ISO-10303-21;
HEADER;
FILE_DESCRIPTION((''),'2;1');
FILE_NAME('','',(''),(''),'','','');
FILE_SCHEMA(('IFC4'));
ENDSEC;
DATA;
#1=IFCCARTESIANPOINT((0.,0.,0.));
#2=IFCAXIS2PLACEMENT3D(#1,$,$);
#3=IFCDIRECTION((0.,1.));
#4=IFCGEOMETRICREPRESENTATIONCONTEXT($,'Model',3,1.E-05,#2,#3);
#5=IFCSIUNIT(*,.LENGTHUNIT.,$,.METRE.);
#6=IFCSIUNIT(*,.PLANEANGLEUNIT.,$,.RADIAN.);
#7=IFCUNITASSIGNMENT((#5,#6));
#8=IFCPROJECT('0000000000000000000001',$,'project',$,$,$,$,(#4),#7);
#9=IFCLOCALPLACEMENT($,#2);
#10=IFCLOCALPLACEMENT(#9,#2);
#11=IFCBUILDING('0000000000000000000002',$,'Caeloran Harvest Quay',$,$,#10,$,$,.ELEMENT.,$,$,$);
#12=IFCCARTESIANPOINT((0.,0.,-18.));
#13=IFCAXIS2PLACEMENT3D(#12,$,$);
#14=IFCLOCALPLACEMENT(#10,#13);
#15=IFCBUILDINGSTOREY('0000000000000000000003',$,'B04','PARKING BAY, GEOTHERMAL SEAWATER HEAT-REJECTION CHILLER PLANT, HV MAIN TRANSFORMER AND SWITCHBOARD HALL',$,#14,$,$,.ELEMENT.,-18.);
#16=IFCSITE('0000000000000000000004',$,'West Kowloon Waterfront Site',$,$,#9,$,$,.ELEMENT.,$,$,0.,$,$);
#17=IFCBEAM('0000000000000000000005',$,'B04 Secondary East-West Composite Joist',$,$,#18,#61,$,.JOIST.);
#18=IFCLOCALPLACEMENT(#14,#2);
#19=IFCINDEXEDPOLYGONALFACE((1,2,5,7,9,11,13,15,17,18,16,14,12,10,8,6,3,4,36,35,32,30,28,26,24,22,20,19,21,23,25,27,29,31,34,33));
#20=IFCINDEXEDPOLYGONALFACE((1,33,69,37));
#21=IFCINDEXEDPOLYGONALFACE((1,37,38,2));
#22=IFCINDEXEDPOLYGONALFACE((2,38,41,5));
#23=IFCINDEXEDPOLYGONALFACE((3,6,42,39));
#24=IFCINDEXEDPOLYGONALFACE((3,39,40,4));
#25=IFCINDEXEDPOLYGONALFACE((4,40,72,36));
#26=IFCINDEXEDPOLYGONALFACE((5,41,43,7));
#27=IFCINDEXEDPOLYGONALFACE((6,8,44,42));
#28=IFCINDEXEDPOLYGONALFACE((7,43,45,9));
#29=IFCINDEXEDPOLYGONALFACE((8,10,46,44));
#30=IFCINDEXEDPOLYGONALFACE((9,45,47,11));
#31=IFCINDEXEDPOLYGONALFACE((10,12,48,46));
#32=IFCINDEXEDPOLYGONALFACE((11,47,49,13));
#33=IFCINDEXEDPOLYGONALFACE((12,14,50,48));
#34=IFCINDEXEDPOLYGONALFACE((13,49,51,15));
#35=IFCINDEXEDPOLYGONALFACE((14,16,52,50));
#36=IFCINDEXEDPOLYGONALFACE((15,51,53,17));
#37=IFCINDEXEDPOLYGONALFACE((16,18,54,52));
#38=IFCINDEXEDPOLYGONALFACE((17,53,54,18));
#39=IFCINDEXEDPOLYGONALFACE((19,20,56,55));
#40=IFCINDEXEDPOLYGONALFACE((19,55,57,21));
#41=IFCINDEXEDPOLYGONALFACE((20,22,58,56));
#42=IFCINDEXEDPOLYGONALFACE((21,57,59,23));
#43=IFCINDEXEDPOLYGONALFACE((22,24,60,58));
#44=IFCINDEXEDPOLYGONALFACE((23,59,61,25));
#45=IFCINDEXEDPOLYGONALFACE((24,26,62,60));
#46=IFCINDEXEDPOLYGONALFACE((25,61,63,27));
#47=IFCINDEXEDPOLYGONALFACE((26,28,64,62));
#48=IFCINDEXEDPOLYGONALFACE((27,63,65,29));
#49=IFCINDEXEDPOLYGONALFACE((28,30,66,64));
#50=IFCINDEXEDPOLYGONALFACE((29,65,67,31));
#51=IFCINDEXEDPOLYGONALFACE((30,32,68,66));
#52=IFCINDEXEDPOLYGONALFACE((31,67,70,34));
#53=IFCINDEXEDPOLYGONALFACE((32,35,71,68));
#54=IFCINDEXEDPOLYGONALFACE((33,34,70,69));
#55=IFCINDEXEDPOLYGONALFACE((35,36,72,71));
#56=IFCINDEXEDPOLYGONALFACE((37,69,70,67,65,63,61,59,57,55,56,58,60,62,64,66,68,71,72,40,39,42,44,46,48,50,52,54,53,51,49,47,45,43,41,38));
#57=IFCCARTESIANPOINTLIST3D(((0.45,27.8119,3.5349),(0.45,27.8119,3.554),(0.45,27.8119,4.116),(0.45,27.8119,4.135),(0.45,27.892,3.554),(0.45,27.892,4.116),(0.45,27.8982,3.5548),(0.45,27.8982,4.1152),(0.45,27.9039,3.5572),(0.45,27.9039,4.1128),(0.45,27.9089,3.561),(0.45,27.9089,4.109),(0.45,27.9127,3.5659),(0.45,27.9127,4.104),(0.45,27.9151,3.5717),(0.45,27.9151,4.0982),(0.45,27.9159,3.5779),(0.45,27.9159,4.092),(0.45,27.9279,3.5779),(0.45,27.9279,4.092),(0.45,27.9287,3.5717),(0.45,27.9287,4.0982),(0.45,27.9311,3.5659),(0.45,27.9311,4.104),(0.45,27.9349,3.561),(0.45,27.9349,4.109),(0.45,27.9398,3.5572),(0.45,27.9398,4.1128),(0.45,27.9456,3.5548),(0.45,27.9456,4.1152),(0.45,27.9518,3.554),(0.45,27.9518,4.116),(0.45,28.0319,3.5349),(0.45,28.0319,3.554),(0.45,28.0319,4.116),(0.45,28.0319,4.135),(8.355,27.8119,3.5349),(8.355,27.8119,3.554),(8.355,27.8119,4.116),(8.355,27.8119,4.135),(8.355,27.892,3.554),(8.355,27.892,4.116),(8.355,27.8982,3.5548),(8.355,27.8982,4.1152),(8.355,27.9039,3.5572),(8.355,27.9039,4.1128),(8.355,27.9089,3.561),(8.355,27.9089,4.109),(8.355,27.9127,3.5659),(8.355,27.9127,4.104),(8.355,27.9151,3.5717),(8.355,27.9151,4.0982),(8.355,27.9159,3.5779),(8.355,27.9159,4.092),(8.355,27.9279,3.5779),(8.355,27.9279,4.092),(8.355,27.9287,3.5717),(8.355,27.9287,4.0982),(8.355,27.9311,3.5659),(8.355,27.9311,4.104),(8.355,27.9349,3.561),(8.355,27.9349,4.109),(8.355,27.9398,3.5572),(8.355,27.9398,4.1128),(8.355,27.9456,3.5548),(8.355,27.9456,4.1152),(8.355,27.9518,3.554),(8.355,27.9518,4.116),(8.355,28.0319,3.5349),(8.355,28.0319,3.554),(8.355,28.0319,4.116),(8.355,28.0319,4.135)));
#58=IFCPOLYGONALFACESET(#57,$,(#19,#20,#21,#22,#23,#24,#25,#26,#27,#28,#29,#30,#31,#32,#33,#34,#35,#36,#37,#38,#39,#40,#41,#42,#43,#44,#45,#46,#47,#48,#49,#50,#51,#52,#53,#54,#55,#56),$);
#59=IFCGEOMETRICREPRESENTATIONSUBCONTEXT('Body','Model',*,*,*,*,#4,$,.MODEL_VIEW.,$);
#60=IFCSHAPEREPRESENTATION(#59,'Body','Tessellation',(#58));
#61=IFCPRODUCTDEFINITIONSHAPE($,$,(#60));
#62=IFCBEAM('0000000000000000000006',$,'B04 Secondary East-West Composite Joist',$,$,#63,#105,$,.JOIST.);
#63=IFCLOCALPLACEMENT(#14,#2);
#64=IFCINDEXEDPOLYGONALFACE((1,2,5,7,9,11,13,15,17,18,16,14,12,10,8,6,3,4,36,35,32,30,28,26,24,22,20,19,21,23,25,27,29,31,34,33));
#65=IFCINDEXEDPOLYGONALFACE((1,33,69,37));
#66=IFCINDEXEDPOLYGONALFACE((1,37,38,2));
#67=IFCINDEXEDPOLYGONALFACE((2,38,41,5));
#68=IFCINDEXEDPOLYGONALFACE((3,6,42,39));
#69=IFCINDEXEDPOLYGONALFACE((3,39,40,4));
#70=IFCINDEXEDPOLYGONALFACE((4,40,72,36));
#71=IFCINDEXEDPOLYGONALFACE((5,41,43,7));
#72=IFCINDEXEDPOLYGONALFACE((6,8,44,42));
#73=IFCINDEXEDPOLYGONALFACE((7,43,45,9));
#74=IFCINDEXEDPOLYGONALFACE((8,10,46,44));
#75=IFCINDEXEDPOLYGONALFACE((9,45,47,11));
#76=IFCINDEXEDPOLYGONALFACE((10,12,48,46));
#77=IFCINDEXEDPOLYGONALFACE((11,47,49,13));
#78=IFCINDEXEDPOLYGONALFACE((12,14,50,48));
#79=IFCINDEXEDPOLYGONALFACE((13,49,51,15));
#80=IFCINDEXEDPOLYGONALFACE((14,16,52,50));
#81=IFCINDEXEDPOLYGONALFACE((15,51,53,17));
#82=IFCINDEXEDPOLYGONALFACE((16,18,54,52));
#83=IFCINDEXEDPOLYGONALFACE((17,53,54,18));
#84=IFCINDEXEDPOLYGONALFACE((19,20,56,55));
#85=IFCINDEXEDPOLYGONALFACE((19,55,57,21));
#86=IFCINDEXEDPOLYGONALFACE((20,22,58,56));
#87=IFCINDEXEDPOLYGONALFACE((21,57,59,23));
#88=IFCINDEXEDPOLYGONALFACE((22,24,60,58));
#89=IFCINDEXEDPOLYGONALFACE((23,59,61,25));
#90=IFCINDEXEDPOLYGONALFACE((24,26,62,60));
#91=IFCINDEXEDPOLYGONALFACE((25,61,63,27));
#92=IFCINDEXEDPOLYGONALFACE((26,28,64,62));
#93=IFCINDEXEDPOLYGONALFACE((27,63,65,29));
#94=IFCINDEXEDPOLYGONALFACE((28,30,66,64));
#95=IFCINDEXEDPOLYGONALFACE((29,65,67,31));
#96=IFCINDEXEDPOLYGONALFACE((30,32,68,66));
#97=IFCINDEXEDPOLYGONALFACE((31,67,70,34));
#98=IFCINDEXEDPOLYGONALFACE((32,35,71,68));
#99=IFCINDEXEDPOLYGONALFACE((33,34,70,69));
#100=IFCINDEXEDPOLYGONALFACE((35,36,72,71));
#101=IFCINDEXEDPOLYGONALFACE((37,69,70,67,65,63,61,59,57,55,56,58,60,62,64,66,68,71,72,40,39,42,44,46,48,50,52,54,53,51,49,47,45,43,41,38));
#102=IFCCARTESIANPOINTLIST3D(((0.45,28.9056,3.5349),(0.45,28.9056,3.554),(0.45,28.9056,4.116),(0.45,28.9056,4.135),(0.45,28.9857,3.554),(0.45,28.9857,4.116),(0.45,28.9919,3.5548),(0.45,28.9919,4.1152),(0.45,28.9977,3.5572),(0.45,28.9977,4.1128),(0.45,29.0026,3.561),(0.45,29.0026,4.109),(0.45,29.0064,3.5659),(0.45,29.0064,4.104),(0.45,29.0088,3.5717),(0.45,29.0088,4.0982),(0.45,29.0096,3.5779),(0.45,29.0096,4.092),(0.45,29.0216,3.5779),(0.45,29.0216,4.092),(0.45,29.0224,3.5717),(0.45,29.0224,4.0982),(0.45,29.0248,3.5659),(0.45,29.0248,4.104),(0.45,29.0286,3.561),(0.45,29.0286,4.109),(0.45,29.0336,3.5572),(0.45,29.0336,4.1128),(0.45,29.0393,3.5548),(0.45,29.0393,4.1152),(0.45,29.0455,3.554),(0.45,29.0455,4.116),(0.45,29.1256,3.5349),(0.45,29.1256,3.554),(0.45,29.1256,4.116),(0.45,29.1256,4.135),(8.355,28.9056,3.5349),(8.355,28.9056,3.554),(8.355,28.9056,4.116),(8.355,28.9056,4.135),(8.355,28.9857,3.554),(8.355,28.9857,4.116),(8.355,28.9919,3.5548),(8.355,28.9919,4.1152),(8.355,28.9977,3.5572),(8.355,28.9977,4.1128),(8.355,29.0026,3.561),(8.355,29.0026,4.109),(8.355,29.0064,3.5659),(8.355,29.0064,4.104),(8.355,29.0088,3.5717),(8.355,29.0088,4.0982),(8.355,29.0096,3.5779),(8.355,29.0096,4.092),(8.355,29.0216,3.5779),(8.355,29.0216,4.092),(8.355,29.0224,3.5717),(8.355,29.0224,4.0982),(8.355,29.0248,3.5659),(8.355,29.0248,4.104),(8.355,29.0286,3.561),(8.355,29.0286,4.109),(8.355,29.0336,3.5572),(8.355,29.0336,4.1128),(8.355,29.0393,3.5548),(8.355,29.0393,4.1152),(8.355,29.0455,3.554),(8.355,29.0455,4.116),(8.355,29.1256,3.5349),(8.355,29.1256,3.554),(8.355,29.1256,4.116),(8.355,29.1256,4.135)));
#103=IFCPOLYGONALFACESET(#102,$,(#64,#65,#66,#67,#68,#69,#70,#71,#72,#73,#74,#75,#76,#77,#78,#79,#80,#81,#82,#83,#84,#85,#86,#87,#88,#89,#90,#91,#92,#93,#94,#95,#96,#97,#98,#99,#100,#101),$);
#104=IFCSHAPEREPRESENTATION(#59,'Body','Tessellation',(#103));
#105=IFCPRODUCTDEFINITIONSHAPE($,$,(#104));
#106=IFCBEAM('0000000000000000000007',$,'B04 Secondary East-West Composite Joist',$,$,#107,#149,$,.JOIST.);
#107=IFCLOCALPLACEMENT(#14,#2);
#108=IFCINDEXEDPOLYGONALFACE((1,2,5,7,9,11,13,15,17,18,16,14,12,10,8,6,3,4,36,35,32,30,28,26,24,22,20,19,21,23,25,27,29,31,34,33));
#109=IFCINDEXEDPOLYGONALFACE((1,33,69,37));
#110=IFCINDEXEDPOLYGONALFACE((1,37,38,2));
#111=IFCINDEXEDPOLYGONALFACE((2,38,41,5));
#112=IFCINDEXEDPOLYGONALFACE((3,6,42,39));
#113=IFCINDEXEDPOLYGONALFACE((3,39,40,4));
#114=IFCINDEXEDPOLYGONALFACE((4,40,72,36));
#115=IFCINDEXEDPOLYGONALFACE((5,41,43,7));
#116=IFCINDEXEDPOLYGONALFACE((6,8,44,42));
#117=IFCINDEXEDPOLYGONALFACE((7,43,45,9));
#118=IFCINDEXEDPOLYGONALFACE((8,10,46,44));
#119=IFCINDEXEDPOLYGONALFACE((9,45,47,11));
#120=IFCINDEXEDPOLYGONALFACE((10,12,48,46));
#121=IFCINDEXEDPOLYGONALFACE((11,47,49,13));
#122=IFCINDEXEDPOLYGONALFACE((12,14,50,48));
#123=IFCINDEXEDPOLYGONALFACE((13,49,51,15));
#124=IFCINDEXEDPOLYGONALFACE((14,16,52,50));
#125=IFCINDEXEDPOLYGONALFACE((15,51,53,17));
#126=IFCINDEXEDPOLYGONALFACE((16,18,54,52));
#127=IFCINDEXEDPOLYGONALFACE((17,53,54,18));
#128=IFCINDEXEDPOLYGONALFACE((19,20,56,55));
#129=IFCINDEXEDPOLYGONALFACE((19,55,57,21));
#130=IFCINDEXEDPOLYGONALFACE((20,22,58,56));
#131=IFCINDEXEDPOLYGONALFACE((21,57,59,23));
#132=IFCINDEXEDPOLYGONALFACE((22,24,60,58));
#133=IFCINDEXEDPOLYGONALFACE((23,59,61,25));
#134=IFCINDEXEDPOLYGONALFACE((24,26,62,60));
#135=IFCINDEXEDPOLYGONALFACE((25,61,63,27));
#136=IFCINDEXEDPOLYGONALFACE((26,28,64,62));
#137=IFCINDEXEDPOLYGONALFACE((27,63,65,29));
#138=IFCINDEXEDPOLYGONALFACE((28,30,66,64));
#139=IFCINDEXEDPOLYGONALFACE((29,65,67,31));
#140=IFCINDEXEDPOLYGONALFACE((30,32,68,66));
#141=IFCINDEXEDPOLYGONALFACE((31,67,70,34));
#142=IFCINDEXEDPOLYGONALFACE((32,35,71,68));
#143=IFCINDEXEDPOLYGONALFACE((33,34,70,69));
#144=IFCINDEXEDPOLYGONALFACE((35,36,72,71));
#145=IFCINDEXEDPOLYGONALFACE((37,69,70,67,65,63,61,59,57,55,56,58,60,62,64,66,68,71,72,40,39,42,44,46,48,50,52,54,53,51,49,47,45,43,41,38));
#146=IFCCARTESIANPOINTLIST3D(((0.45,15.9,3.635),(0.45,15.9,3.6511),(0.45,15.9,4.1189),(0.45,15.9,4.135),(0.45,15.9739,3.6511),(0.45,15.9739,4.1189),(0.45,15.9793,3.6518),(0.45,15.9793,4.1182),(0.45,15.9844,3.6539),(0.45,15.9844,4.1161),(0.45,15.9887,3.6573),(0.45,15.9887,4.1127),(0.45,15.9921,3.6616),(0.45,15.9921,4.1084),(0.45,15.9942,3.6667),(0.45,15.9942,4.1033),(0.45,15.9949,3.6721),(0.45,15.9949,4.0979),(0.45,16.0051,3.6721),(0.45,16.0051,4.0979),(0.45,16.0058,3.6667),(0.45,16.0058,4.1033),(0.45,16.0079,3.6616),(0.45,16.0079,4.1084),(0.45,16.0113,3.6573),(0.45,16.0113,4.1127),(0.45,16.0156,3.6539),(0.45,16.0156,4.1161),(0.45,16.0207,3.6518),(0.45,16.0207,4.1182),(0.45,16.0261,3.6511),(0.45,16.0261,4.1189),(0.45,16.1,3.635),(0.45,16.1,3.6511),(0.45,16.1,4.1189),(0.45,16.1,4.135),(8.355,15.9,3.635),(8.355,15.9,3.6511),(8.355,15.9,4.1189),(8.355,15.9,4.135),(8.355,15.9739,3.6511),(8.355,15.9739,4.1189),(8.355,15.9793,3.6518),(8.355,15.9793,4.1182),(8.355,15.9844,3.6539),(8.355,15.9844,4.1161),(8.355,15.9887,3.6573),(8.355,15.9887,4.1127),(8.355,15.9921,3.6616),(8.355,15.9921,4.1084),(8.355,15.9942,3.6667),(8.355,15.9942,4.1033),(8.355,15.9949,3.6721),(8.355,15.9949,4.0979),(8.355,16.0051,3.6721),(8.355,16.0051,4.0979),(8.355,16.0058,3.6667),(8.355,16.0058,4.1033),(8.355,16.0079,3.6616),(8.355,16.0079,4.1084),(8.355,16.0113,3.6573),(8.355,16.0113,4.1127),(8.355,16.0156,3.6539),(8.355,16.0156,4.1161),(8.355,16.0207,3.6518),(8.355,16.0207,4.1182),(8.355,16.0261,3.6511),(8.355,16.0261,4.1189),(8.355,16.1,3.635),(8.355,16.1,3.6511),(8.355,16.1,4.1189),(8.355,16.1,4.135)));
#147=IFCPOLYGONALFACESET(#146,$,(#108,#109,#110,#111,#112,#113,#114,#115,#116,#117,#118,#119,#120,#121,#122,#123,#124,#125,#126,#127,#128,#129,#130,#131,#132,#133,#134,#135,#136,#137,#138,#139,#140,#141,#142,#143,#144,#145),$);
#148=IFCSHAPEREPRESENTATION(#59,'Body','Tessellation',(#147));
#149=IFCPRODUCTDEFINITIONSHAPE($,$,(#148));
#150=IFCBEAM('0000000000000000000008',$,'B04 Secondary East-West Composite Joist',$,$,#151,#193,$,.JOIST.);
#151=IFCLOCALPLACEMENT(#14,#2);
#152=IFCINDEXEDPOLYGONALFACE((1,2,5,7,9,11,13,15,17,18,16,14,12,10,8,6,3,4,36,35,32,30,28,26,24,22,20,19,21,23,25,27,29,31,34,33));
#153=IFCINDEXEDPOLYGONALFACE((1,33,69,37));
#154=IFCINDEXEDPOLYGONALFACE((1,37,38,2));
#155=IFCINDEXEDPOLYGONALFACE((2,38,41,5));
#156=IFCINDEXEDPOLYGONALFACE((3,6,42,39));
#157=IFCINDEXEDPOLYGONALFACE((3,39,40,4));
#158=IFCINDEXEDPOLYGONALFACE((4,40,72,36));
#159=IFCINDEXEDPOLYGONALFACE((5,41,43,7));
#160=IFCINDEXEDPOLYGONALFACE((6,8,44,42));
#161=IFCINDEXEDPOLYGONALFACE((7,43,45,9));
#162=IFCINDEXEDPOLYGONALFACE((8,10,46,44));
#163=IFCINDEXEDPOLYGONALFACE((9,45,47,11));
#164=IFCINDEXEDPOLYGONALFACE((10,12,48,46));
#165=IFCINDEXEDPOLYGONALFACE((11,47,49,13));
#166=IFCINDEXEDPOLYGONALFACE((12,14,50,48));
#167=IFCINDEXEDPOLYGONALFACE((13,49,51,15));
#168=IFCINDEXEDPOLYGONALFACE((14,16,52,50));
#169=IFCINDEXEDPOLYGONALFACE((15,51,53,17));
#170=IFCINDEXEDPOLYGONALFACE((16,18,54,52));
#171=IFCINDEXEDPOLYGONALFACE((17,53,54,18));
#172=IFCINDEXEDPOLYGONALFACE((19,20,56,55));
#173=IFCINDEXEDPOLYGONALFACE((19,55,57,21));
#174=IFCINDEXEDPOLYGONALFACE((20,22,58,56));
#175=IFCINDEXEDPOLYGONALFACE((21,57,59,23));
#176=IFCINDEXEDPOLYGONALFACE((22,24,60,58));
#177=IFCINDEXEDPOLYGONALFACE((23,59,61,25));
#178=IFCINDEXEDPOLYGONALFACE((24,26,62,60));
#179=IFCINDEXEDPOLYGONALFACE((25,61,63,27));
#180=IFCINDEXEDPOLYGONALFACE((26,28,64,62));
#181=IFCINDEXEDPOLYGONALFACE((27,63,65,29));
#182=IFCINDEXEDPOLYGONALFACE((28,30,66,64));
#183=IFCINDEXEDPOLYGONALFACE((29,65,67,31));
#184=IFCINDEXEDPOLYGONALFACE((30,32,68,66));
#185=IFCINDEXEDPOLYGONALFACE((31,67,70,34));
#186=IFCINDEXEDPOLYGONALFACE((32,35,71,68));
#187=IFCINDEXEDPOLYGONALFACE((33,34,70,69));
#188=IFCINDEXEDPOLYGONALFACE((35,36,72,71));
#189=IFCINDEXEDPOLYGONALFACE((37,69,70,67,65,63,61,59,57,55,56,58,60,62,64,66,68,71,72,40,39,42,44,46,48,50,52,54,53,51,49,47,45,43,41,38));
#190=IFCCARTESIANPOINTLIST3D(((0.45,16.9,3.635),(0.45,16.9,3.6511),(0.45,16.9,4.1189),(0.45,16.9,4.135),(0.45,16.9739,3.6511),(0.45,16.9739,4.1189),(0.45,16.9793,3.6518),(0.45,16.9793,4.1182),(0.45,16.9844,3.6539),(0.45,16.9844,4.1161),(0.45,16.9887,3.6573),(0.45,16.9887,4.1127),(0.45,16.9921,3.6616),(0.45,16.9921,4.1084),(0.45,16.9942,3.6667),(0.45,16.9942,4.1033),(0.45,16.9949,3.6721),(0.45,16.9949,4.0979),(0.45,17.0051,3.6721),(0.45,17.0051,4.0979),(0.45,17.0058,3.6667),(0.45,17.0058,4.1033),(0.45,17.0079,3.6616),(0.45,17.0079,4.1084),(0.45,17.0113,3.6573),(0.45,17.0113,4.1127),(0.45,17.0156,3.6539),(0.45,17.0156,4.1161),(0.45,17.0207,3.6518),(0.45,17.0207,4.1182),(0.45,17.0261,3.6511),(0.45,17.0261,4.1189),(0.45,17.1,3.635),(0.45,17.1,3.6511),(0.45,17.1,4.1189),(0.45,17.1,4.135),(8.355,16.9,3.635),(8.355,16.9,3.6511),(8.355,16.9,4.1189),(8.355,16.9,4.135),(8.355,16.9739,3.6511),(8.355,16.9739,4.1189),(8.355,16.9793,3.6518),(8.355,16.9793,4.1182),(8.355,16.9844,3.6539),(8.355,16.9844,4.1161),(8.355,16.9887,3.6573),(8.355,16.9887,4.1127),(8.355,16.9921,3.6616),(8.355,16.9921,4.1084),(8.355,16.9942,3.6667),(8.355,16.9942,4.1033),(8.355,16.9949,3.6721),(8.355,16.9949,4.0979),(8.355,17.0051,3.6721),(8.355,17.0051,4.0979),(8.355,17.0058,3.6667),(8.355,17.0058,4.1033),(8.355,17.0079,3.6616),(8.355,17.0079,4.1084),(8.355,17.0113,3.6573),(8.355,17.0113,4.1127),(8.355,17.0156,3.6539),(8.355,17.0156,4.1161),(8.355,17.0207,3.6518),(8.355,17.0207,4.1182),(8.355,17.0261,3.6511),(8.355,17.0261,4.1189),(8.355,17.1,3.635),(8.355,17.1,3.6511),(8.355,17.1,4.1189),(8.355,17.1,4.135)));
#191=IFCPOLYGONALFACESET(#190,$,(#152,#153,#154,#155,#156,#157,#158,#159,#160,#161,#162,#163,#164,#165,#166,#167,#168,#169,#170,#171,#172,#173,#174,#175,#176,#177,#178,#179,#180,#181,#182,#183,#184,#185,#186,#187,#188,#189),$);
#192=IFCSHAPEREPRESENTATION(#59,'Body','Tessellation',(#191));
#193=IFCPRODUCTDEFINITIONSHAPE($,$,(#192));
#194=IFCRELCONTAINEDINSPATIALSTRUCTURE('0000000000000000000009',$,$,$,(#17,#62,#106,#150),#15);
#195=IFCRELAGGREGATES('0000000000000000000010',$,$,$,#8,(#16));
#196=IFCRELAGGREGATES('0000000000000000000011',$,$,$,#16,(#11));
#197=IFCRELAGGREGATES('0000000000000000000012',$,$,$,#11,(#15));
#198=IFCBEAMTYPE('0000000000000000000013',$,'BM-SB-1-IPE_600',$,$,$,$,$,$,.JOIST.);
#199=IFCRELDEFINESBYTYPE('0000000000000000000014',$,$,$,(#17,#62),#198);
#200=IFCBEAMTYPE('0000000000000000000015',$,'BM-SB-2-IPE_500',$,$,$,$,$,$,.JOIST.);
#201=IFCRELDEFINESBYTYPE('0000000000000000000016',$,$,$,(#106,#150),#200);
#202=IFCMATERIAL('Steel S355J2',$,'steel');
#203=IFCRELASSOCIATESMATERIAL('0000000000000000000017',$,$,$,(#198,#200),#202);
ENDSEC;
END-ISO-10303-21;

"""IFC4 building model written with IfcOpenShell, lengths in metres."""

from ifc_helpers import new_model, si_unit, direction, frame, origin, origin_2d, place, context, subcontext, project, spatial, i_section, extrude, material, material_profile, profile_set, type_object, element, save


model = new_model("IFC4")

# Units and contexts
model_context = context("Model", 3, precision=1e-05, world=origin(), true_north=direction((0.0, 1.0)))
body_context = subcontext(model_context, "Body", "Model", "MODEL_VIEW")
ifc_project = project(units=[si_unit("LENGTHUNIT", "METRE"), si_unit("PLANEANGLEUNIT", "RADIAN")], contexts=[model_context])

# Site, building, storey
site_placement = place(None, origin())
site = spatial("IfcSite", under=ifc_project, at=site_placement, Name="West Kowloon Waterfront Site", CompositionType="ELEMENT", RefElevation=0.0)
building_placement = place(site_placement, origin())
building = spatial("IfcBuilding", under=site, at=building_placement, Name="Caeloran Harvest Quay", CompositionType="ELEMENT")
storey_placement = place(building_placement, frame((0.0, 0.0, -18.0)))
storey = spatial("IfcBuildingStorey", under=building, at=storey_placement, Name="B04", Description="PARKING BAY, GEOTHERMAL SEAWATER HEAT-REJECTION CHILLER PLANT, HV MAIN TRANSFORMER AND SWITCHBOARD HALL", CompositionType="ELEMENT", Elevation=-18.0)

# Beams
ifc_material_1 = material(Name="Steel S355J2", Category="steel")
ifc_material_profile_1 = material_profile(ifc_material_1, i_section(OverallWidth=0.22, OverallDepth=0.6001, WebThickness=0.012, FlangeThickness=0.019, FilletRadius=0.0239, at=origin_2d()), Name="IPE 600")
ifc_profile_set_1 = profile_set([ifc_material_profile_1], Name="Steel S355J2")
beam_type_1 = type_object("IfcBeamType", Name="BM-SB-1-IPE_600", PredefinedType="JOIST", material=ifc_profile_set_1)
for number, where, z_axis, x_axis, name in (
    (1, (0.45, 27.9219, 3.835), (1.0, 0.0, 0.0), (0.0, 1.0, 0.0), "B04 Secondary East-West Composite Joist"),
    (2, (0.45, 29.0156, 3.835), (1.0, 0.0, 0.0), (0.0, 1.0, 0.0), "B04 Secondary East-West Composite Joist"),
):
    element("IfcBeam", number, at=place(storey_placement, frame(where, z_axis=z_axis, x_axis=x_axis)), inside=storey, type_object=beam_type_1, Name=name, PredefinedType="JOIST", context=body_context, shape_type="SweptSolid", body=[
        extrude(i_section(OverallWidth=0.22, OverallDepth=0.6001, WebThickness=0.012, FlangeThickness=0.019, FilletRadius=0.0239, at=origin_2d()), origin(), (0.0, 0.0, 1.0), 7.905),
    ])
ifc_material_profile_2 = material_profile(ifc_material_1, i_section(OverallWidth=0.2, OverallDepth=0.5, WebThickness=0.0103, FlangeThickness=0.0161, FilletRadius=0.021, at=origin_2d()), Name="IPE 500")
ifc_profile_set_2 = profile_set([ifc_material_profile_2], Name="Steel S355J2")
beam_type_2 = type_object("IfcBeamType", Name="BM-SB-2-IPE_500", PredefinedType="JOIST", material=ifc_profile_set_2)
for number, where, z_axis, x_axis, name in (
    (3, (0.45, 16.0, 3.885), (1.0, 0.0, 0.0), (0.0, 1.0, 0.0), "B04 Secondary East-West Composite Joist"),
    (4, (0.45, 17.0, 3.885), (1.0, 0.0, 0.0), (0.0, 1.0, 0.0), "B04 Secondary East-West Composite Joist"),
):
    element("IfcBeam", number, at=place(storey_placement, frame(where, z_axis=z_axis, x_axis=x_axis)), inside=storey, type_object=beam_type_2, Name=name, PredefinedType="JOIST", context=body_context, shape_type="SweptSolid", body=[
        extrude(i_section(OverallWidth=0.2, OverallDepth=0.5, WebThickness=0.0103, FlangeThickness=0.0161, FilletRadius=0.021, at=origin_2d()), origin(), (0.0, 0.0, 1.0), 7.905),
    ])

save(model, "model.ifc")
